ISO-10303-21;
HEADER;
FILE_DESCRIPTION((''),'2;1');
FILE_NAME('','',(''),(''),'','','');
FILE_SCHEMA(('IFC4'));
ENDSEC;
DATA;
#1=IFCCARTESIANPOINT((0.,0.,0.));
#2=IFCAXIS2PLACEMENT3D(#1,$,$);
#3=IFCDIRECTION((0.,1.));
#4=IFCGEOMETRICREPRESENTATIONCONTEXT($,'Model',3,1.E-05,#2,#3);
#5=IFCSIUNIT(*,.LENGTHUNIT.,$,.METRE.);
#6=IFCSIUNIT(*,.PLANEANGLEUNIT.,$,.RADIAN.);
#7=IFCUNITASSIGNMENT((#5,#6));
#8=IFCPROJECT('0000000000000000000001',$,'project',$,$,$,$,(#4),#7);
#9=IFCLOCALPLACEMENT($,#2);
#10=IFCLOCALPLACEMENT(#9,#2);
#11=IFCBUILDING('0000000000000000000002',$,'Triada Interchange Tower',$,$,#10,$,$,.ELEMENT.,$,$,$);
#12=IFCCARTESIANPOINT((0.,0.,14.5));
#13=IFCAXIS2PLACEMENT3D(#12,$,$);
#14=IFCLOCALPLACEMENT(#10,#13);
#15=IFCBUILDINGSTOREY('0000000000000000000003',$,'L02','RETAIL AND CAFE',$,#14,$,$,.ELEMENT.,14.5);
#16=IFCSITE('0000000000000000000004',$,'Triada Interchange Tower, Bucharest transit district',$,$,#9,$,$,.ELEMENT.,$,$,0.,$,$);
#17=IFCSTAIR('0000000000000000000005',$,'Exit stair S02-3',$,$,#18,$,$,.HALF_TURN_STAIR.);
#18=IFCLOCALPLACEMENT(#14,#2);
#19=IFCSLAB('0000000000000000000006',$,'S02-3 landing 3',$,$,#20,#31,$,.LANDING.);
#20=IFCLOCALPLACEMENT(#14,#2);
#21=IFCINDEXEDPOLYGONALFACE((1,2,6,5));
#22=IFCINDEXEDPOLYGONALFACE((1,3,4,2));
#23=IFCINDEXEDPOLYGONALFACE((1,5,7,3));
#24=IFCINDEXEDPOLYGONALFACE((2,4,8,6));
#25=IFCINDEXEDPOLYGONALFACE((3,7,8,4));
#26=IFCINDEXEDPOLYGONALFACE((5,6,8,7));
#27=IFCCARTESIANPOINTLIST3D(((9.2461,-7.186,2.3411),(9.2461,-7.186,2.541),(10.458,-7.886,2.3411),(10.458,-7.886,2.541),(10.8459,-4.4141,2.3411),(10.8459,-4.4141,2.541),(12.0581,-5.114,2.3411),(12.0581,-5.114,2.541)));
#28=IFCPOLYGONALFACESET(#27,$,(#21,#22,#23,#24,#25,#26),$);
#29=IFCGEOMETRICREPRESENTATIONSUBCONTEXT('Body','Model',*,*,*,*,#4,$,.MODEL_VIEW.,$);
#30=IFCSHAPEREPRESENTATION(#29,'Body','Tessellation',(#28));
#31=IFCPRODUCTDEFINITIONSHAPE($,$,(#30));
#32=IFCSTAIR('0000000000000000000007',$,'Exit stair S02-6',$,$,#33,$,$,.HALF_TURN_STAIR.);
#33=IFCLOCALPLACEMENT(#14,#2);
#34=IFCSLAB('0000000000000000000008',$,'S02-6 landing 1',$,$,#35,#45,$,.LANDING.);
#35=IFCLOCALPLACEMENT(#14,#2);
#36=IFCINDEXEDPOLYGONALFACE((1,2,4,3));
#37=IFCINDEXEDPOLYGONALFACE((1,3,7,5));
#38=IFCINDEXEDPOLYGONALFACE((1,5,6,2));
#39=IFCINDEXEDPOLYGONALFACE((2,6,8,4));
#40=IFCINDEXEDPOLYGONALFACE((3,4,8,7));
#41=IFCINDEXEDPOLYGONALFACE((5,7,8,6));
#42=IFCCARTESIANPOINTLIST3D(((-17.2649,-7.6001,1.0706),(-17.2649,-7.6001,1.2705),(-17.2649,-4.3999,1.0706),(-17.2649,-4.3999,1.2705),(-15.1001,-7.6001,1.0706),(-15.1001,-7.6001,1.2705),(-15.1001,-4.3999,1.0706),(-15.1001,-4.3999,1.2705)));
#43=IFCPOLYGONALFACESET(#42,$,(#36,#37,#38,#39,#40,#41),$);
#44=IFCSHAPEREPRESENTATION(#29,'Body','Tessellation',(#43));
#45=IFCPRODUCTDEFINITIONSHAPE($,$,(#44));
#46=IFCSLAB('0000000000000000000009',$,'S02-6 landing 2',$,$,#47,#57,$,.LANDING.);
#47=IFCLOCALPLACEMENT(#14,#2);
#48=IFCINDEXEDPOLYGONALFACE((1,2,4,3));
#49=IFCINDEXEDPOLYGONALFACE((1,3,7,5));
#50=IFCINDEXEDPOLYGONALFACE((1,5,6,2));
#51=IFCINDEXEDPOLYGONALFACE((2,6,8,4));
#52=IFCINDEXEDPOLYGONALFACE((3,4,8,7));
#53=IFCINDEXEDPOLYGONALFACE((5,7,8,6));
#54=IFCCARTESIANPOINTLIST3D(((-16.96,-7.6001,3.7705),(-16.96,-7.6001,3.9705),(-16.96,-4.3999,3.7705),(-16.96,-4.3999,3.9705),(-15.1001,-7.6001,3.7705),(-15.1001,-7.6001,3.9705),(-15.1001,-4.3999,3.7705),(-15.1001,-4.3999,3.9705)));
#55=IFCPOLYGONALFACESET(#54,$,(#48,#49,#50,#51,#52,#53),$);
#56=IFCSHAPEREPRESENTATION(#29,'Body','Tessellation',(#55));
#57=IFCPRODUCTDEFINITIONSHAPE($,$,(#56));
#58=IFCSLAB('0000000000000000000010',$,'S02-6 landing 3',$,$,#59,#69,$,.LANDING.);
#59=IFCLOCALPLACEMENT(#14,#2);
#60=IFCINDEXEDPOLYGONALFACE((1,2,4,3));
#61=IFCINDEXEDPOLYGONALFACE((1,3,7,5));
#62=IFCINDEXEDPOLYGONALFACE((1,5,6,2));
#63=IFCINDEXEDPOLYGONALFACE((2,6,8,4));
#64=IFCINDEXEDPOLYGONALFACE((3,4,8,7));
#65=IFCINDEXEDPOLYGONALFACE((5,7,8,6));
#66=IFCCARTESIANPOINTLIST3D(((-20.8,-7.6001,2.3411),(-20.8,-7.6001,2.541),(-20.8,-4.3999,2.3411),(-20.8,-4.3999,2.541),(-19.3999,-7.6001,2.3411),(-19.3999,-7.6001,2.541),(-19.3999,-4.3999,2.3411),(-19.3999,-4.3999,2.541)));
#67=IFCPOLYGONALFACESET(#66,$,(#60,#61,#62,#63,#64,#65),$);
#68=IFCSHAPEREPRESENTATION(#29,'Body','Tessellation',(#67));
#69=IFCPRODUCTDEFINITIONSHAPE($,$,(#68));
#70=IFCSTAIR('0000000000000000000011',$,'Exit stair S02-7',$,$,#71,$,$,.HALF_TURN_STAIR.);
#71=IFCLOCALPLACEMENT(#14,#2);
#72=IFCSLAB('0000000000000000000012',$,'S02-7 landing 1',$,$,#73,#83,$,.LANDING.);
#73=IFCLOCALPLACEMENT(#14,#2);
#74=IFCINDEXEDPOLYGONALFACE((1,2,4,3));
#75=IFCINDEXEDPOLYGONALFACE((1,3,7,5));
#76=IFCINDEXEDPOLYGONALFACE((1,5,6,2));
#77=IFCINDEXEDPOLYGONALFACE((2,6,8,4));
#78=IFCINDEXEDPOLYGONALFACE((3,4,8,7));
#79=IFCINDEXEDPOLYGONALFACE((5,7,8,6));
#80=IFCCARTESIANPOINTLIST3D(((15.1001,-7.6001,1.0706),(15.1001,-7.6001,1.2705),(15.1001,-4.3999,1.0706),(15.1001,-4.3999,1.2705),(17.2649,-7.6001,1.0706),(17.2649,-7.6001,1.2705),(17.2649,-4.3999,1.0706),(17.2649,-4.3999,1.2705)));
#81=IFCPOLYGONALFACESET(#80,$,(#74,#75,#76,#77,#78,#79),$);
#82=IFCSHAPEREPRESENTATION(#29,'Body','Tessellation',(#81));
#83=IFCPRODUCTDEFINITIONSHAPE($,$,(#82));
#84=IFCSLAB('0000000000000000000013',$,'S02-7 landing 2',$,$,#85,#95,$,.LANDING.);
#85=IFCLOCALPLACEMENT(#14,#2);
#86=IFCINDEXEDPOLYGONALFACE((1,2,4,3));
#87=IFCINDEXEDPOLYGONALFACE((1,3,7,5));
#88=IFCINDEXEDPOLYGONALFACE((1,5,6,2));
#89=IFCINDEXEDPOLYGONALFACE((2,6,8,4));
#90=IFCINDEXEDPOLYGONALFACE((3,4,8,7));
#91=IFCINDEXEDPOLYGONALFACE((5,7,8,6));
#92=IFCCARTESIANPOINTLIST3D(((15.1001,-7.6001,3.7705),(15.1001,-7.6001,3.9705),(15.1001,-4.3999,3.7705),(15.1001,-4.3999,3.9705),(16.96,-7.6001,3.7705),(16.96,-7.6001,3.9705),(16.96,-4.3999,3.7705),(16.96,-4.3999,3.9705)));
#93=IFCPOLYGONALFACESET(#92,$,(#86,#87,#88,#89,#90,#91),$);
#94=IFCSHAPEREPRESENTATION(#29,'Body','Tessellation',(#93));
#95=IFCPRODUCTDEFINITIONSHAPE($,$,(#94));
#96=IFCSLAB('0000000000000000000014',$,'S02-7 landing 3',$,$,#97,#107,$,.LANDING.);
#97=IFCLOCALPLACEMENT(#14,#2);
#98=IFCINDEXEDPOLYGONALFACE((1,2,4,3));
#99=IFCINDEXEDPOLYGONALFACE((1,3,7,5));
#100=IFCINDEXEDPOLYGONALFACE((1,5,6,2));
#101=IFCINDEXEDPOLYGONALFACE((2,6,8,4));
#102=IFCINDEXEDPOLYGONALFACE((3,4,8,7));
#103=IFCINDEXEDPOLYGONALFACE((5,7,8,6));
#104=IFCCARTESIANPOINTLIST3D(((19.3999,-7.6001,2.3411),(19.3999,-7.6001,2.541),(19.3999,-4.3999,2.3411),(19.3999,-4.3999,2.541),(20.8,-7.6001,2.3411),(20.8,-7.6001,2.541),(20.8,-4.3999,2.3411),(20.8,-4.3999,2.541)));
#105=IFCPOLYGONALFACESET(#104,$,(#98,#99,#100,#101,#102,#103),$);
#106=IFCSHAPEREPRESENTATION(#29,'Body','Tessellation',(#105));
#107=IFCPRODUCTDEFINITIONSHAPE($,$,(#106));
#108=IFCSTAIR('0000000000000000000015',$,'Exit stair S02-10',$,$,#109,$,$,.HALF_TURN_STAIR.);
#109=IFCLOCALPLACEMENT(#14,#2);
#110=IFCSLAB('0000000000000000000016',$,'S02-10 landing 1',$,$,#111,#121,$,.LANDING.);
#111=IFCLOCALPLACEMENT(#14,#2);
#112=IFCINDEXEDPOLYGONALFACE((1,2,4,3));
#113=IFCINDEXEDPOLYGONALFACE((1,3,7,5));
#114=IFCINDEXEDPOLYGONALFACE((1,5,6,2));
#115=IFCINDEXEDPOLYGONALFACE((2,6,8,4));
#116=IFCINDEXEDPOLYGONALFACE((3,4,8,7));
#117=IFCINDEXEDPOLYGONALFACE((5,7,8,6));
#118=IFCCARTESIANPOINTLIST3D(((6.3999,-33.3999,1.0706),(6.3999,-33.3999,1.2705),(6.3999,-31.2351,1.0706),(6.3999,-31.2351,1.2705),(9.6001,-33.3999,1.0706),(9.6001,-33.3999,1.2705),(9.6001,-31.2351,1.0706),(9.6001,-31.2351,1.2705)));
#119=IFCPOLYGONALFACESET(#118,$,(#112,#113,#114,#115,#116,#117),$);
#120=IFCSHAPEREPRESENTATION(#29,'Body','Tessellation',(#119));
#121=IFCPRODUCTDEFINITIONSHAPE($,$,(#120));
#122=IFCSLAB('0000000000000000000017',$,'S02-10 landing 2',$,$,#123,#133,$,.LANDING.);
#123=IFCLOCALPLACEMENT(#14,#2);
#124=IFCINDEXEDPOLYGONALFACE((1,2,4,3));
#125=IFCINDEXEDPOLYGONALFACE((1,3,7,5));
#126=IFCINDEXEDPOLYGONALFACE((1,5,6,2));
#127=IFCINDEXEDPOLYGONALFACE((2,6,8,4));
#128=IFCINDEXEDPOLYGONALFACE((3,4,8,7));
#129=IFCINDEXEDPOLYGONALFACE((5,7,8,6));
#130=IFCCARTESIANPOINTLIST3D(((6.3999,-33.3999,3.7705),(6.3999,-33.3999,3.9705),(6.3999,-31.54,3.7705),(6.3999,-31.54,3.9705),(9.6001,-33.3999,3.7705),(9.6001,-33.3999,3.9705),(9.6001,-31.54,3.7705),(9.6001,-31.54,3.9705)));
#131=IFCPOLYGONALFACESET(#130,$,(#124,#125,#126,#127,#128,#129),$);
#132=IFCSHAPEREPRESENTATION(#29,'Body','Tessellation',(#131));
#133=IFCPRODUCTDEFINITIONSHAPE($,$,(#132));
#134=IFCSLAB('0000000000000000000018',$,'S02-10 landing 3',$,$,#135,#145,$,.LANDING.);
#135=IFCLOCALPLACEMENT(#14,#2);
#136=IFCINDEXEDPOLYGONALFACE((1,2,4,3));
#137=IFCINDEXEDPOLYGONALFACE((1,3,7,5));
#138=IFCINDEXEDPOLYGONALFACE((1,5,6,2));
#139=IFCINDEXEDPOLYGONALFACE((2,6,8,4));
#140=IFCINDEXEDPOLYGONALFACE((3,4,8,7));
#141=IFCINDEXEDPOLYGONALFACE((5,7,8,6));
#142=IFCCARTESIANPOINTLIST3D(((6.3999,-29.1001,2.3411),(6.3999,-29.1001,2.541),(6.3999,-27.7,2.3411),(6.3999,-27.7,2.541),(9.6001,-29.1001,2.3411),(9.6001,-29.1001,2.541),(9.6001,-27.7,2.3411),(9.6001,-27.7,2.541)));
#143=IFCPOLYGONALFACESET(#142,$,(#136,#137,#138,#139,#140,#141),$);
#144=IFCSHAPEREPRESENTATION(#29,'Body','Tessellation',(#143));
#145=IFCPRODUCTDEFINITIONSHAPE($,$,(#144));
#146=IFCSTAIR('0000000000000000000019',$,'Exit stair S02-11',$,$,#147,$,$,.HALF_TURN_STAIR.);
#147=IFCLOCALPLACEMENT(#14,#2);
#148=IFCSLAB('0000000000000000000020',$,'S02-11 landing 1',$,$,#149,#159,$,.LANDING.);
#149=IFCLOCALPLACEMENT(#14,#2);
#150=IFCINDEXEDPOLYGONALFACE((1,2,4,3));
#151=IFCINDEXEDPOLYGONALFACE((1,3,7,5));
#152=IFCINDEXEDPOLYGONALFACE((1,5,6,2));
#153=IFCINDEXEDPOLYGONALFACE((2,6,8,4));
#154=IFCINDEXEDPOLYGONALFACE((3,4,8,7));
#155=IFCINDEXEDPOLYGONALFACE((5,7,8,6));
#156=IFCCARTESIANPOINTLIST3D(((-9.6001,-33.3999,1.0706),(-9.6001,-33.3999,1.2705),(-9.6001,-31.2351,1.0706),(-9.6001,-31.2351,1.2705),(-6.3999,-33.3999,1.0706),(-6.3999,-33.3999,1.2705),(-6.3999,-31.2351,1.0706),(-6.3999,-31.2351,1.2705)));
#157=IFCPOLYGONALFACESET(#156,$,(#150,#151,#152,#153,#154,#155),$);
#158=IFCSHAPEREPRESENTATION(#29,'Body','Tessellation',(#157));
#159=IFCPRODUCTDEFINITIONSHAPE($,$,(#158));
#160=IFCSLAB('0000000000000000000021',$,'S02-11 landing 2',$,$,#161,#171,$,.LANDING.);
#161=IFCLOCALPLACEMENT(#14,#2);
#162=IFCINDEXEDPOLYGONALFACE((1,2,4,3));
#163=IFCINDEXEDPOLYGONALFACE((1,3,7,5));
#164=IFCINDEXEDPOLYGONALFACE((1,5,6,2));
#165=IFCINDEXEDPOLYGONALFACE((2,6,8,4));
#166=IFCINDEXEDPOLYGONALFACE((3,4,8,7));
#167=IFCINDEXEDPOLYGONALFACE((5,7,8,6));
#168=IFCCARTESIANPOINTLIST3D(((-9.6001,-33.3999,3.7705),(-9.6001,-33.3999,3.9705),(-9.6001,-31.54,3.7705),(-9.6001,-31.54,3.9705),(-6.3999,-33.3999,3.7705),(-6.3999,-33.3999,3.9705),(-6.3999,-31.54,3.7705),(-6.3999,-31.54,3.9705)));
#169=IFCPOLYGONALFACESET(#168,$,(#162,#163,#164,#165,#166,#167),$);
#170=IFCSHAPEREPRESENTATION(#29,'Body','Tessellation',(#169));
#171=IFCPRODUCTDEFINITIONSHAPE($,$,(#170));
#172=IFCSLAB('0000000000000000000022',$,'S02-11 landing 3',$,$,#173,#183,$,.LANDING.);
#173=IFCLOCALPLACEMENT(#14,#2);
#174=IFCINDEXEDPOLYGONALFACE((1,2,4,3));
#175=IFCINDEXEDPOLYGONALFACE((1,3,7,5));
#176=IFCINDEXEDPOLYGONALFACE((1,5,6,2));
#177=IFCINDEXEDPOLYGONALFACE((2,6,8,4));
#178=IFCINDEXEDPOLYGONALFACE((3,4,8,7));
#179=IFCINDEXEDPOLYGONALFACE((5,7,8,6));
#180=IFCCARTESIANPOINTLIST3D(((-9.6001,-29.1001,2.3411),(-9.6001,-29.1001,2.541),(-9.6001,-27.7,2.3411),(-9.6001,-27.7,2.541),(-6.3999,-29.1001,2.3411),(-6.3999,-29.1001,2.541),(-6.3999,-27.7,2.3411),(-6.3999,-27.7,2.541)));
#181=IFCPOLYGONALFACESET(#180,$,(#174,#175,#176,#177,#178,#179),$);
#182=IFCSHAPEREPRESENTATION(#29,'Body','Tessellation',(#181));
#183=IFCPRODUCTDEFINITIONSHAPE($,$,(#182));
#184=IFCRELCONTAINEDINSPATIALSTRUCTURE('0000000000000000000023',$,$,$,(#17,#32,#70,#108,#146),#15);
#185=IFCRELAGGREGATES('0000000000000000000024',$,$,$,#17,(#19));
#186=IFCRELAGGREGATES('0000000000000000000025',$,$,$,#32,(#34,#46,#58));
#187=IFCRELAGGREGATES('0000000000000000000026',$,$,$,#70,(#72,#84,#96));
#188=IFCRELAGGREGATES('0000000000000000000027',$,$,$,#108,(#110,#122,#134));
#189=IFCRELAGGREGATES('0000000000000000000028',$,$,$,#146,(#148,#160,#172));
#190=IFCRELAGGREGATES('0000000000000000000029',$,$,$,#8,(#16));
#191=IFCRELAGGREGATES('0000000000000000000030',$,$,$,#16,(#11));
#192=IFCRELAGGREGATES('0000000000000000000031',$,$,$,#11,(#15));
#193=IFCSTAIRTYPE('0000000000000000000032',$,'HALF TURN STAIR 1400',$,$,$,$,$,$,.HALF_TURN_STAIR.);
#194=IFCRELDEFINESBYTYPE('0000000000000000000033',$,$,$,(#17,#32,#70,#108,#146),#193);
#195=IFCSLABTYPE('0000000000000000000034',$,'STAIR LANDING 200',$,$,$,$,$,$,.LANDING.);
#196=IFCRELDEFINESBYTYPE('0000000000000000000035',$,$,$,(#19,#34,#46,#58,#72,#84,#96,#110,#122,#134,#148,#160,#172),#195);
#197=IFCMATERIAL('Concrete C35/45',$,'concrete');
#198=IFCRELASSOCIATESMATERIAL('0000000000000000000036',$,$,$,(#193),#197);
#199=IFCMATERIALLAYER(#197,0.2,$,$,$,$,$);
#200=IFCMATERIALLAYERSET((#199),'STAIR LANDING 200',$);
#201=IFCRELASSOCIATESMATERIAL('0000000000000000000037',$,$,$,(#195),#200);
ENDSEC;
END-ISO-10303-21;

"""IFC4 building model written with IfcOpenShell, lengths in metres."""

from ifc_helpers import new_model, si_unit, direction, frame, origin, place, context, subcontext, project, spatial, polyline, outline, extrude, material, layer, layer_set, type_object, element, aggregate, save


model = new_model("IFC4")

# Units and contexts
model_context = context("Model", 3, precision=1e-05, world=origin(), true_north=direction((0.0, 1.0)))
body_context = subcontext(model_context, "Body", "Model", "MODEL_VIEW")
ifc_project = project(units=[si_unit("LENGTHUNIT", "METRE"), si_unit("PLANEANGLEUNIT", "RADIAN")], contexts=[model_context])

# Site, building, storey
site_placement = place(None, origin())
site = spatial("IfcSite", under=ifc_project, at=site_placement, Name="Triada Interchange Tower, Bucharest transit district", CompositionType="ELEMENT", RefElevation=0.0)
building_placement = place(site_placement, origin())
building = spatial("IfcBuilding", under=site, at=building_placement, Name="Triada Interchange Tower", CompositionType="ELEMENT")
storey_placement = place(building_placement, frame((0.0, 0.0, 14.5)))
storey = spatial("IfcBuildingStorey", under=building, at=storey_placement, Name="L02", Description="RETAIL AND CAFE", CompositionType="ELEMENT", Elevation=14.5)

# Stairs, slabs
ifc_material_1 = material(Name="Concrete C35/45", Category="concrete")
stair_type = type_object("IfcStairType", Name="HALF TURN STAIR 1400", PredefinedType="HALF_TURN_STAIR", material=ifc_material_1)
ifc_layer_1 = layer(ifc_material_1, 0.2)
ifc_layer_set_1 = layer_set([ifc_layer_1], Name="STAIR LANDING 200")
slab_type_1 = type_object("IfcSlabType", Name="STAIR LANDING 200", PredefinedType="LANDING", material=ifc_layer_set_1)
stair_1_placement = place(storey_placement, origin())
stair_1 = element("IfcStair", 1, at=stair_1_placement, inside=storey, type_object=stair_type, Name="Exit stair S02-3", PredefinedType="HALF_TURN_STAIR")
slab_1_placement = place(storey_placement, frame((0.0, 0.0, 2.3411)))
slab_1 = element("IfcSlab", 2, at=slab_1_placement, type_object=slab_type_1, Name="S02-3 landing 3", PredefinedType="LANDING", context=body_context, shape_type="SweptSolid", body=[
    extrude(outline(polyline([(9.2461, -7.186), (10.458, -7.886), (12.0581, -5.114), (10.8459, -4.4141), (9.2461, -7.186)])), origin(), (0.0, 0.0, 1.0), 0.2),
])
aggregate(stair_1, [slab_1])
stair_2_placement = place(storey_placement, origin())
stair_2 = element("IfcStair", 3, at=stair_2_placement, inside=storey, type_object=stair_type, Name="Exit stair S02-6", PredefinedType="HALF_TURN_STAIR")
slab_2_placement = place(storey_placement, frame((0.0, 0.0, 1.0706)))
slab_2 = element("IfcSlab", 4, at=slab_2_placement, type_object=slab_type_1, Name="S02-6 landing 1", PredefinedType="LANDING", context=body_context, shape_type="SweptSolid", body=[
    extrude(outline(polyline([(-15.1001, -4.3999), (-17.2649, -4.3999), (-17.2649, -7.6001), (-15.1001, -7.6001), (-15.1001, -4.3999)])), origin(), (0.0, 0.0, 1.0), 0.2),
])
slab_3_placement = place(storey_placement, frame((0.0, 0.0, 3.7705)))
slab_3 = element("IfcSlab", 5, at=slab_3_placement, type_object=slab_type_1, Name="S02-6 landing 2", PredefinedType="LANDING", context=body_context, shape_type="SweptSolid", body=[
    extrude(outline(polyline([(-15.1001, -4.3999), (-16.96, -4.3999), (-16.96, -7.6001), (-15.1001, -7.6001), (-15.1001, -4.3999)])), origin(), (0.0, 0.0, 1.0), 0.2),
])
slab_4_placement = place(storey_placement, frame((0.0, 0.0, 2.3411)))
slab_4 = element("IfcSlab", 6, at=slab_4_placement, type_object=slab_type_1, Name="S02-6 landing 3", PredefinedType="LANDING", context=body_context, shape_type="SweptSolid", body=[
    extrude(outline(polyline([(-19.3999, -4.3999), (-20.8, -4.3999), (-20.8, -7.6001), (-19.3999, -7.6001), (-19.3999, -4.3999)])), origin(), (0.0, 0.0, 1.0), 0.2),
])
aggregate(stair_2, [slab_2, slab_3, slab_4])
stair_3_placement = place(storey_placement, origin())
stair_3 = element("IfcStair", 7, at=stair_3_placement, inside=storey, type_object=stair_type, Name="Exit stair S02-7", PredefinedType="HALF_TURN_STAIR")
slab_5_placement = place(storey_placement, frame((0.0, 0.0, 1.0706)))
slab_5 = element("IfcSlab", 8, at=slab_5_placement, type_object=slab_type_1, Name="S02-7 landing 1", PredefinedType="LANDING", context=body_context, shape_type="SweptSolid", body=[
    extrude(outline(polyline([(15.1001, -7.6001), (17.2649, -7.6001), (17.2649, -4.3999), (15.1001, -4.3999), (15.1001, -7.6001)])), origin(), (0.0, 0.0, 1.0), 0.2),
])
slab_6_placement = place(storey_placement, frame((0.0, 0.0, 3.7705)))
slab_6 = element("IfcSlab", 9, at=slab_6_placement, type_object=slab_type_1, Name="S02-7 landing 2", PredefinedType="LANDING", context=body_context, shape_type="SweptSolid", body=[
    extrude(outline(polyline([(15.1001, -7.6001), (16.96, -7.6001), (16.96, -4.3999), (15.1001, -4.3999), (15.1001, -7.6001)])), origin(), (0.0, 0.0, 1.0), 0.2),
])
slab_7_placement = place(storey_placement, frame((0.0, 0.0, 2.3411)))
slab_7 = element("IfcSlab", 10, at=slab_7_placement, type_object=slab_type_1, Name="S02-7 landing 3", PredefinedType="LANDING", context=body_context, shape_type="SweptSolid", body=[
    extrude(outline(polyline([(19.3999, -7.6001), (20.8, -7.6001), (20.8, -4.3999), (19.3999, -4.3999), (19.3999, -7.6001)])), origin(), (0.0, 0.0, 1.0), 0.2),
])
aggregate(stair_3, [slab_5, slab_6, slab_7])
stair_4_placement = place(storey_placement, origin())
stair_4 = element("IfcStair", 11, at=stair_4_placement, inside=storey, type_object=stair_type, Name="Exit stair S02-10", PredefinedType="HALF_TURN_STAIR")
slab_8_placement = place(storey_placement, frame((0.0, 0.0, 1.0706)))
slab_8 = element("IfcSlab", 12, at=slab_8_placement, type_object=slab_type_1, Name="S02-10 landing 1", PredefinedType="LANDING", context=body_context, shape_type="SweptSolid", body=[
    extrude(outline(polyline([(9.6001, -33.3999), (9.6001, -31.2351), (6.3999, -31.2351), (6.3999, -33.3999), (9.6001, -33.3999)])), origin(), (0.0, 0.0, 1.0), 0.2),
])
slab_9_placement = place(storey_placement, frame((0.0, 0.0, 3.7705)))
slab_9 = element("IfcSlab", 13, at=slab_9_placement, type_object=slab_type_1, Name="S02-10 landing 2", PredefinedType="LANDING", context=body_context, shape_type="SweptSolid", body=[
    extrude(outline(polyline([(9.6001, -33.3999), (9.6001, -31.54), (6.3999, -31.54), (6.3999, -33.3999), (9.6001, -33.3999)])), origin(), (0.0, 0.0, 1.0), 0.2),
])
slab_10_placement = place(storey_placement, frame((0.0, 0.0, 2.3411)))
slab_10 = element("IfcSlab", 14, at=slab_10_placement, type_object=slab_type_1, Name="S02-10 landing 3", PredefinedType="LANDING", context=body_context, shape_type="SweptSolid", body=[
    extrude(outline(polyline([(9.6001, -29.1001), (9.6001, -27.7), (6.3999, -27.7), (6.3999, -29.1001), (9.6001, -29.1001)])), origin(), (0.0, 0.0, 1.0), 0.2),
])
aggregate(stair_4, [slab_8, slab_9, slab_10])
stair_5_placement = place(storey_placement, origin())
stair_5 = element("IfcStair", 15, at=stair_5_placement, inside=storey, type_object=stair_type, Name="Exit stair S02-11", PredefinedType="HALF_TURN_STAIR")
slab_11_placement = place(storey_placement, frame((0.0, 0.0, 1.0706)))
slab_11 = element("IfcSlab", 16, at=slab_11_placement, type_object=slab_type_1, Name="S02-11 landing 1", PredefinedType="LANDING", context=body_context, shape_type="SweptSolid", body=[
    extrude(outline(polyline([(-6.3999, -33.3999), (-6.3999, -31.2351), (-9.6001, -31.2351), (-9.6001, -33.3999), (-6.3999, -33.3999)])), origin(), (0.0, 0.0, 1.0), 0.2),
])
slab_12_placement = place(storey_placement, frame((0.0, 0.0, 3.7705)))
slab_12 = element("IfcSlab", 17, at=slab_12_placement, type_object=slab_type_1, Name="S02-11 landing 2", PredefinedType="LANDING", context=body_context, shape_type="SweptSolid", body=[
    extrude(outline(polyline([(-6.3999, -33.3999), (-6.3999, -31.54), (-9.6001, -31.54), (-9.6001, -33.3999), (-6.3999, -33.3999)])), origin(), (0.0, 0.0, 1.0), 0.2),
])
slab_13_placement = place(storey_placement, frame((0.0, 0.0, 2.3411)))
slab_13 = element("IfcSlab", 18, at=slab_13_placement, type_object=slab_type_1, Name="S02-11 landing 3", PredefinedType="LANDING", context=body_context, shape_type="SweptSolid", body=[
    extrude(outline(polyline([(-6.3999, -29.1001), (-6.3999, -27.7), (-9.6001, -27.7), (-9.6001, -29.1001), (-6.3999, -29.1001)])), origin(), (0.0, 0.0, 1.0), 0.2),
])
aggregate(stair_5, [slab_11, slab_12, slab_13])

save(model, "model.ifc")
